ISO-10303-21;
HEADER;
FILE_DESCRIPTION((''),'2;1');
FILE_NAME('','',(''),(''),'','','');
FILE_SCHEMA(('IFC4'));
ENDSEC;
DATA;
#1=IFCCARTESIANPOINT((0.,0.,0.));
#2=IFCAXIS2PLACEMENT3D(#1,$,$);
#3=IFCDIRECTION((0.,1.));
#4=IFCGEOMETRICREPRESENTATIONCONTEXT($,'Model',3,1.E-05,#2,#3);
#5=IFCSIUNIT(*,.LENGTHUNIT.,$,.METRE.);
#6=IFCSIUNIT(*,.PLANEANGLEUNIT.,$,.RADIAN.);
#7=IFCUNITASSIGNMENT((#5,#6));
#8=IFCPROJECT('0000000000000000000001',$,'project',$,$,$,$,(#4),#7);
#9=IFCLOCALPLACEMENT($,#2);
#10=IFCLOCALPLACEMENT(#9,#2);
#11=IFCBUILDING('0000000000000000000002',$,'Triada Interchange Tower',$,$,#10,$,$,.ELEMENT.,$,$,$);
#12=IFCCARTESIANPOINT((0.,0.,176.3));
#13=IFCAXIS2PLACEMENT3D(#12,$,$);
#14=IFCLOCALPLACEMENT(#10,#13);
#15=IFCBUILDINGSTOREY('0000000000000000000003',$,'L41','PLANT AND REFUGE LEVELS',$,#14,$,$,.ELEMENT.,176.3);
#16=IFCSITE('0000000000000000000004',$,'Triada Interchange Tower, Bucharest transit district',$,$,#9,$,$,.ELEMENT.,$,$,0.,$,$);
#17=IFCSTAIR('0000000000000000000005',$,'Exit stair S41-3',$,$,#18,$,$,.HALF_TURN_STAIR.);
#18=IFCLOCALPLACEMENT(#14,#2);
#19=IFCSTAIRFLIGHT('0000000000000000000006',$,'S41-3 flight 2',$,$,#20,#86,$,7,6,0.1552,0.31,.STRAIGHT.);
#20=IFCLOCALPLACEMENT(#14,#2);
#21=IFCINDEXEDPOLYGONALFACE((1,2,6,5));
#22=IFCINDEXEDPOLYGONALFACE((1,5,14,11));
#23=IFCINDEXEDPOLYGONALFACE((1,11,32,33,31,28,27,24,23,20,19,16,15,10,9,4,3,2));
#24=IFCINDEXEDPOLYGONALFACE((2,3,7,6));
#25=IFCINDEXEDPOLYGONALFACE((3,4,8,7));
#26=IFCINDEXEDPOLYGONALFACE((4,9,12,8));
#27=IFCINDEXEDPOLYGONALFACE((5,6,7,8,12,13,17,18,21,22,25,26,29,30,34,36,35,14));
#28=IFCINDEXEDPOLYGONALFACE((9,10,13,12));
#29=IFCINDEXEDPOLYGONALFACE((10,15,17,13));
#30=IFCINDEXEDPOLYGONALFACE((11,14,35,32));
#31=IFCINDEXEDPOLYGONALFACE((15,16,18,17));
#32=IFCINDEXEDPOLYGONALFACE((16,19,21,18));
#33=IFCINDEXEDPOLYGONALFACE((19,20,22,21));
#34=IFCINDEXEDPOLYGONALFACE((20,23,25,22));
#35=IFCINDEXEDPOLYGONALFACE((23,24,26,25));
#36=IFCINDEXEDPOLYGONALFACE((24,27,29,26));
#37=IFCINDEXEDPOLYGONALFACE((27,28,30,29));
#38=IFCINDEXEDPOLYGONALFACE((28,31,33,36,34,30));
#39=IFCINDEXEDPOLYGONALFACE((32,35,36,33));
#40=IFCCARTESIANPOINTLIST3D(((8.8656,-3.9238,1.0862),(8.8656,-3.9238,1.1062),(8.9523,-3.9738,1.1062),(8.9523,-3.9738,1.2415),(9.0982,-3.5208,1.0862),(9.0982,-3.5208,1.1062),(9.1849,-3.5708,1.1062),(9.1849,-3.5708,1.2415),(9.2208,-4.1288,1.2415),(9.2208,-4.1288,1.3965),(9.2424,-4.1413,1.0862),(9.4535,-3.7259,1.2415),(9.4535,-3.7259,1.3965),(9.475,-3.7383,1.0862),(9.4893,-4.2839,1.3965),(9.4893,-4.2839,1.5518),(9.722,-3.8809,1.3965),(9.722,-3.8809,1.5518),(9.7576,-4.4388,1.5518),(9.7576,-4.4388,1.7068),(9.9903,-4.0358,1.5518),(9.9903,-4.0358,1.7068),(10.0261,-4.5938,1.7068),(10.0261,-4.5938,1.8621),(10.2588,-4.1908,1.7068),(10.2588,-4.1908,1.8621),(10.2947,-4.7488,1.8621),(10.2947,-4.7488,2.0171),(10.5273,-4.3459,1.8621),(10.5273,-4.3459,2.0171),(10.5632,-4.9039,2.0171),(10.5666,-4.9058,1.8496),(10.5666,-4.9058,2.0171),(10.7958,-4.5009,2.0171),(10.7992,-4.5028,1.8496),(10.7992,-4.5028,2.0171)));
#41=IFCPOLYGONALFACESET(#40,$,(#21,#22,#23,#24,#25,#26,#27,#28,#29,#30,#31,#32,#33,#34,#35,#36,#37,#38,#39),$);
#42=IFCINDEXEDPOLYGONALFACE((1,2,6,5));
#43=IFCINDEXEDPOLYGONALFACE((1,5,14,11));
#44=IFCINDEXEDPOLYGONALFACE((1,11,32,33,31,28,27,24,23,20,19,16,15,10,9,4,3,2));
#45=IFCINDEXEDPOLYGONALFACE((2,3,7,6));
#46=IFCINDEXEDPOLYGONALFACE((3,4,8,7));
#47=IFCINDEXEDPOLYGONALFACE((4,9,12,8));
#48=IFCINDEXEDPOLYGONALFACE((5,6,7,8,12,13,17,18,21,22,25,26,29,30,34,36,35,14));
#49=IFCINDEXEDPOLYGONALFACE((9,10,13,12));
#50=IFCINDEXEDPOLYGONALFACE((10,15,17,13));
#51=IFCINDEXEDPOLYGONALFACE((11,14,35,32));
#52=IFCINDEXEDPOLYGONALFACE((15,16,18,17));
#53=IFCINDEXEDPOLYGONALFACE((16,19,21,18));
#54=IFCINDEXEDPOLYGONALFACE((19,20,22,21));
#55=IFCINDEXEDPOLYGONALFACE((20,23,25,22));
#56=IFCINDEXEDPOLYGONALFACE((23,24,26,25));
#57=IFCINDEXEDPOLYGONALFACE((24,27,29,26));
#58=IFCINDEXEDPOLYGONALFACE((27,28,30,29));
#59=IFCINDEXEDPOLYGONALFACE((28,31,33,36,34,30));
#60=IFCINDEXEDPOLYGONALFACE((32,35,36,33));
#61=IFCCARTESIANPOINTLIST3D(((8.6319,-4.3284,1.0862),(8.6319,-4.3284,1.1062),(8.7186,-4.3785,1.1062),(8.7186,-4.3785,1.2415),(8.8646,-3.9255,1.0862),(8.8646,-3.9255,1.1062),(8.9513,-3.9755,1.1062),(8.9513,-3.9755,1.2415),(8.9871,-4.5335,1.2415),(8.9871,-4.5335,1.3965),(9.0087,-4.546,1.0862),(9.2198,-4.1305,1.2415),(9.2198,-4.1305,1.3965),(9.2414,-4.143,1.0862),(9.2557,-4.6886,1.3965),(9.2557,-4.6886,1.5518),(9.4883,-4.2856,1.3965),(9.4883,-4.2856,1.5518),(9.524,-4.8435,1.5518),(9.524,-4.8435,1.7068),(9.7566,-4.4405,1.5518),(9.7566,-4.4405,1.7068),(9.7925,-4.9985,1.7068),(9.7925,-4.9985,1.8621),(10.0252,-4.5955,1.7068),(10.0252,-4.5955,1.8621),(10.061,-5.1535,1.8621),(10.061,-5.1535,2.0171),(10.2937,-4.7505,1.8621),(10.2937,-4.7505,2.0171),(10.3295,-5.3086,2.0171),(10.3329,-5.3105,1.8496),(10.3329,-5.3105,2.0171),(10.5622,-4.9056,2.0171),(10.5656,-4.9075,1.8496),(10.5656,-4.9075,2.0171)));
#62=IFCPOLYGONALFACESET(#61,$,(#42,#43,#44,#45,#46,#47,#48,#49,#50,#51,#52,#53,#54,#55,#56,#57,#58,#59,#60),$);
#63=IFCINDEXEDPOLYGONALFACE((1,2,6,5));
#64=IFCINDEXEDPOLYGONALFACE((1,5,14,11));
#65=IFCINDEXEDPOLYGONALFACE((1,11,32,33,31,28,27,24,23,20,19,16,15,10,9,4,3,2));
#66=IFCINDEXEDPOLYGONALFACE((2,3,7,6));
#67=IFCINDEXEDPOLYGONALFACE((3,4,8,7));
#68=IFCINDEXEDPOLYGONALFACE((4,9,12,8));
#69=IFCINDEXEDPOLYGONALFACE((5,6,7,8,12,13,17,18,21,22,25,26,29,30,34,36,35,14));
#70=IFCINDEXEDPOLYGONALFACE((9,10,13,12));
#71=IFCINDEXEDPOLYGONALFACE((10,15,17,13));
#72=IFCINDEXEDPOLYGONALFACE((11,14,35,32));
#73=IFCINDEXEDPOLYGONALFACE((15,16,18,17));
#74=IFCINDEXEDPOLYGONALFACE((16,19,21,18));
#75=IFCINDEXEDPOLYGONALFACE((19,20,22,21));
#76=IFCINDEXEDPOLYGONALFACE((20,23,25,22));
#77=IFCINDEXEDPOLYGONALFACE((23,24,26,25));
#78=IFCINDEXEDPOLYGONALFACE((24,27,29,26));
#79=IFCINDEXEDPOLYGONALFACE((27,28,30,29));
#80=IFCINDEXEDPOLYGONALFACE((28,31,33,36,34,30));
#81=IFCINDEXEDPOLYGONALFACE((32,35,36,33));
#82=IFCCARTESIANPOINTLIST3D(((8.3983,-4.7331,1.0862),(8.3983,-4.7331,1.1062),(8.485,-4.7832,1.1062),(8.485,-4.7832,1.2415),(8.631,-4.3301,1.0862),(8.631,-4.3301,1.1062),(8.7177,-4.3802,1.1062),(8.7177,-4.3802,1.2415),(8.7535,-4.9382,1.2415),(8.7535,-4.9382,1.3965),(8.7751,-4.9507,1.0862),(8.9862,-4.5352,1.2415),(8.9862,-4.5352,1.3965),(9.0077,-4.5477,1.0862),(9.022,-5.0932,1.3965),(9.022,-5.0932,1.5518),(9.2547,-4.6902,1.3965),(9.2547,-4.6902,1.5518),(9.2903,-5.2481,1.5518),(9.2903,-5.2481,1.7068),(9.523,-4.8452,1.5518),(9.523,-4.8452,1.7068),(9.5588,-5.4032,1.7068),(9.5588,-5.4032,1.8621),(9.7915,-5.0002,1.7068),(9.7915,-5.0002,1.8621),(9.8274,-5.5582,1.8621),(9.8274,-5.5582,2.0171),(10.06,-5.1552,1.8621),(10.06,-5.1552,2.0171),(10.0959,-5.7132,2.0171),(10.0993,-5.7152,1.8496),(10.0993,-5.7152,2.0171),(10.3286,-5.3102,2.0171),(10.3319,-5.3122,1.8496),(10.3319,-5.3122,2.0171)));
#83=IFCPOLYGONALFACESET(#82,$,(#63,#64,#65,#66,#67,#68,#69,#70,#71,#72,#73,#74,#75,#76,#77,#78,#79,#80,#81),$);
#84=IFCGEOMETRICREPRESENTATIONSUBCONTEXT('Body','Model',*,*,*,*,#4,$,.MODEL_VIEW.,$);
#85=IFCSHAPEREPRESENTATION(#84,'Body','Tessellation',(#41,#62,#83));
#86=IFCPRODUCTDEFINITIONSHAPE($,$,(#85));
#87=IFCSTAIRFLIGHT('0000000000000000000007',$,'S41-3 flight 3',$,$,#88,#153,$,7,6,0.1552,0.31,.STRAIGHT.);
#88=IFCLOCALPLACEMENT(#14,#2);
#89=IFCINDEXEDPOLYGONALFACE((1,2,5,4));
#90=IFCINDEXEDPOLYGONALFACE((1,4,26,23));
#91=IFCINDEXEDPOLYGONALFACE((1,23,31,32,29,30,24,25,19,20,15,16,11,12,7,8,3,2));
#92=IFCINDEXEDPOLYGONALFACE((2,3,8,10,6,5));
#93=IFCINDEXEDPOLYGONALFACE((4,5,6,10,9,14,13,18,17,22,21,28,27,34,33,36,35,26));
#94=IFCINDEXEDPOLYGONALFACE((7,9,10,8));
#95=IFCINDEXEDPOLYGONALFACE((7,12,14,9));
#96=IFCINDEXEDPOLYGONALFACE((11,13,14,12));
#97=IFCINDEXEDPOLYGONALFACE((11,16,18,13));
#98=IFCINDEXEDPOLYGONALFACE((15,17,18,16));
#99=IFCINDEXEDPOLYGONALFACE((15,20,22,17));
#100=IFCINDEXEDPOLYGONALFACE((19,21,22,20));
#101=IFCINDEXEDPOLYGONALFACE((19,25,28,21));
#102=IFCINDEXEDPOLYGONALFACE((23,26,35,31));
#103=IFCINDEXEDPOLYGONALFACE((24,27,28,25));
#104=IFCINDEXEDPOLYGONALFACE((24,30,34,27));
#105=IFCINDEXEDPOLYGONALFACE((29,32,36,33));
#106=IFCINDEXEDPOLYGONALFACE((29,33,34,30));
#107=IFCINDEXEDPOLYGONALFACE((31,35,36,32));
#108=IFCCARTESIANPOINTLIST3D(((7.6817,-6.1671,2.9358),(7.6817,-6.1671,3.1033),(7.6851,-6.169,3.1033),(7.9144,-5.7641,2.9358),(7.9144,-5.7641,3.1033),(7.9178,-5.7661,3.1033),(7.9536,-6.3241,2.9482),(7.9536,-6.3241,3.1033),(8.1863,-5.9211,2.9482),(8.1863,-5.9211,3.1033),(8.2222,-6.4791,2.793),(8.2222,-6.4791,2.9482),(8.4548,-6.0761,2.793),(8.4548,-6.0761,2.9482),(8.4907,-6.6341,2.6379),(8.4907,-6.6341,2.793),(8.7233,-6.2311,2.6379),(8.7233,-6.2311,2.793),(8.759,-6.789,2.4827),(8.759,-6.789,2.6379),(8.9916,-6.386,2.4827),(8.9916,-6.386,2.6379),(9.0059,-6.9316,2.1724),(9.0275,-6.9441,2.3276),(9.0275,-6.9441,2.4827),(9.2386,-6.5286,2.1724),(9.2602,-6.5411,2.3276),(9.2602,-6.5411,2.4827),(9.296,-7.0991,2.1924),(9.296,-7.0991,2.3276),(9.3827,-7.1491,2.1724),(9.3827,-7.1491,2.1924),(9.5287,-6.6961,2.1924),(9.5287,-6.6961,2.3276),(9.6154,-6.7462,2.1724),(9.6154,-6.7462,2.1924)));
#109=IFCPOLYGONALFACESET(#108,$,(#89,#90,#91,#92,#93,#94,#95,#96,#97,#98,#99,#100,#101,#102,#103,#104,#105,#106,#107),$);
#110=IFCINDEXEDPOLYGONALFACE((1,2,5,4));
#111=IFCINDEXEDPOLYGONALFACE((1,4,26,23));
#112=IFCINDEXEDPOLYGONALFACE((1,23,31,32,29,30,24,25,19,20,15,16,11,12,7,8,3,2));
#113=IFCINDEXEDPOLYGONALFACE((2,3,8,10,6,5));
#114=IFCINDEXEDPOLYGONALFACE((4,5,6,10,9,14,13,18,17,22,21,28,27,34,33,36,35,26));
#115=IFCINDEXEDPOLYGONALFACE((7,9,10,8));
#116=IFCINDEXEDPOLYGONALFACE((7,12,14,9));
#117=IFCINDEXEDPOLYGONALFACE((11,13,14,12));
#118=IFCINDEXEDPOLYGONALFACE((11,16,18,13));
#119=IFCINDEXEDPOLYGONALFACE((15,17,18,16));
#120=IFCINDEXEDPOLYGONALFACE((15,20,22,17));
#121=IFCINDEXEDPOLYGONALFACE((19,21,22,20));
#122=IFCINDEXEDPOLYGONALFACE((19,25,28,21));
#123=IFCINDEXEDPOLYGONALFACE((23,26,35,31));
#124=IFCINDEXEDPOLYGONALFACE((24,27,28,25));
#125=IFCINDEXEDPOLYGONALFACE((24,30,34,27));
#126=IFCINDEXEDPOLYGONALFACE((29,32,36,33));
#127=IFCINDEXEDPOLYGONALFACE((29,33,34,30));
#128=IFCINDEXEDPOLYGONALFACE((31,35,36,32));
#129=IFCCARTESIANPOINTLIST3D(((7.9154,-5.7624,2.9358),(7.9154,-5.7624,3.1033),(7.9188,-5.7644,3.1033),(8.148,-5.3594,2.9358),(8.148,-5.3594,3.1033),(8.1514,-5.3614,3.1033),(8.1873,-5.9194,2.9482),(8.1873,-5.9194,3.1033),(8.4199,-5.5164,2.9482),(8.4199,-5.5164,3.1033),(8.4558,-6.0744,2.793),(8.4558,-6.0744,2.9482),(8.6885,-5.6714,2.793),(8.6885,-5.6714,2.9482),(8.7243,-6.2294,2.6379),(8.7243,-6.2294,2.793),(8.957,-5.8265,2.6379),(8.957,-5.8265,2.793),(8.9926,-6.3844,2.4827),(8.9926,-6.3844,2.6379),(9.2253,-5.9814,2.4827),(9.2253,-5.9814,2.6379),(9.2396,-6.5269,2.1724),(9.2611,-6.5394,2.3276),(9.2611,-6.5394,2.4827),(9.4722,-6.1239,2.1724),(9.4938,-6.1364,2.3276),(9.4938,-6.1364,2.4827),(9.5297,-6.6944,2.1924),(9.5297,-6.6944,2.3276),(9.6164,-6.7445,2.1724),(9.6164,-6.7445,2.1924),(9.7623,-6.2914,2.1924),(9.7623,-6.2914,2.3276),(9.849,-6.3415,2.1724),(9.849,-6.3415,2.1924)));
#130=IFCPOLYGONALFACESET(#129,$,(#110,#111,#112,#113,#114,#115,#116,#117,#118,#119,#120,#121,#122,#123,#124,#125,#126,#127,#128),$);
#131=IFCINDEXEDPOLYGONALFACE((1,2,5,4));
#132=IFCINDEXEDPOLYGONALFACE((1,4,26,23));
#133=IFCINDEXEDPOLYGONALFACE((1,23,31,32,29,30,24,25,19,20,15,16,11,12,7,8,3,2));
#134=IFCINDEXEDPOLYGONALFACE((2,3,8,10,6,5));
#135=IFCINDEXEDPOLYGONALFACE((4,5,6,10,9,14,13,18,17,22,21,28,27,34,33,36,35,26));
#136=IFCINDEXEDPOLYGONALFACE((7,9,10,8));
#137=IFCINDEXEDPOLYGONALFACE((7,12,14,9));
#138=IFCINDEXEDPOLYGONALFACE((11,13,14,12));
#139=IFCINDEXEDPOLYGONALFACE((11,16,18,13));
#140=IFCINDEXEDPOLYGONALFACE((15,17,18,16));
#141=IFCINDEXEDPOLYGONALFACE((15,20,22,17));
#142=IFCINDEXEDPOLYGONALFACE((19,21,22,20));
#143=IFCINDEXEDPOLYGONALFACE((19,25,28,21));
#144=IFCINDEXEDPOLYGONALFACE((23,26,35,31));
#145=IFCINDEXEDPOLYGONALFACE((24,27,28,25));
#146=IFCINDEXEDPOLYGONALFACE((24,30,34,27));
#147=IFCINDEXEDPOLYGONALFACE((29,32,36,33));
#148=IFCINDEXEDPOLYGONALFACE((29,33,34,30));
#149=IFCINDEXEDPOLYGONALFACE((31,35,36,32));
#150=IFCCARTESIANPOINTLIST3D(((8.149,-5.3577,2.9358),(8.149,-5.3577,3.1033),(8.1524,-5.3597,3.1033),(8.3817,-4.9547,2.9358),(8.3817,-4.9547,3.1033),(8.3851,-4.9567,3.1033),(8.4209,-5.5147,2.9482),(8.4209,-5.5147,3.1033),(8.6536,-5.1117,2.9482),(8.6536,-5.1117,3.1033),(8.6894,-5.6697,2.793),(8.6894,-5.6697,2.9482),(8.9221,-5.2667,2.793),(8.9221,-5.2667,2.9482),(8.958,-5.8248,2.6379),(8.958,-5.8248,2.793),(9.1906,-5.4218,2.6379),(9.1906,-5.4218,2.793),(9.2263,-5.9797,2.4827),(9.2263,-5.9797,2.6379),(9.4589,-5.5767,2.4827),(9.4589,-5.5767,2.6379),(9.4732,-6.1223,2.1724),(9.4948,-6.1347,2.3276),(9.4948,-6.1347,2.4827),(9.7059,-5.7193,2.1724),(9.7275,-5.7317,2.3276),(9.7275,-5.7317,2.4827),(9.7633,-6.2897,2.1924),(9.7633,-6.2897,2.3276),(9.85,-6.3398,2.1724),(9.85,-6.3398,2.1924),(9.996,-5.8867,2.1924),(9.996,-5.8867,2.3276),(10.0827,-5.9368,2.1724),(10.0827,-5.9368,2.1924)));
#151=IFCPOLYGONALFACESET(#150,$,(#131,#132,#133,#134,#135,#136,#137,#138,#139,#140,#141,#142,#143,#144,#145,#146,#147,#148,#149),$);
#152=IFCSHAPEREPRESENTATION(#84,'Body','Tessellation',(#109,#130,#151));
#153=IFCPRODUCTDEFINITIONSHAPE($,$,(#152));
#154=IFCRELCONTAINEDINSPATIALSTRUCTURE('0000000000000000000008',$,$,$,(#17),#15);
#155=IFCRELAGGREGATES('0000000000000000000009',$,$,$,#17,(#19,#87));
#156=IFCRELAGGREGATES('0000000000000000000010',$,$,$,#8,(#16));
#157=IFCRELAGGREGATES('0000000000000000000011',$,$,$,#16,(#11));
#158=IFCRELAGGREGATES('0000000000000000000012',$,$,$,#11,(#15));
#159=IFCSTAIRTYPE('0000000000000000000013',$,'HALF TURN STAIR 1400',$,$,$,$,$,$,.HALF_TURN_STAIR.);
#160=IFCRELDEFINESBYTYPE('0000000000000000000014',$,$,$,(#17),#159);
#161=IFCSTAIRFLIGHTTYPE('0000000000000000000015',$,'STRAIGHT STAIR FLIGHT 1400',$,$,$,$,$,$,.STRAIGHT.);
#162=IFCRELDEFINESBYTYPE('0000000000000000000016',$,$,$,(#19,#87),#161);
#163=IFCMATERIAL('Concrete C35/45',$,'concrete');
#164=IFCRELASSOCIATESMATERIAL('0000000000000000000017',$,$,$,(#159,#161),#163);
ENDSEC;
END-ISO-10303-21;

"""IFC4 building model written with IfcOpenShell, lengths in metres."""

from ifc_helpers import new_model, si_unit, direction, frame, origin, place, context, subcontext, project, spatial, polyline, outline, extrude, material, type_object, element, aggregate, save


model = new_model("IFC4")

# Units and contexts
model_context = context("Model", 3, precision=1e-05, world=origin(), true_north=direction((0.0, 1.0)))
body_context = subcontext(model_context, "Body", "Model", "MODEL_VIEW")
ifc_project = project(units=[si_unit("LENGTHUNIT", "METRE"), si_unit("PLANEANGLEUNIT", "RADIAN")], contexts=[model_context])

# Site, building, storey
site_placement = place(None, origin())
site = spatial("IfcSite", under=ifc_project, at=site_placement, Name="Triada Interchange Tower, Bucharest transit district", CompositionType="ELEMENT", RefElevation=0.0)
building_placement = place(site_placement, origin())
building = spatial("IfcBuilding", under=site, at=building_placement, Name="Triada Interchange Tower", CompositionType="ELEMENT")
storey_placement = place(building_placement, frame((0.0, 0.0, 176.3)))
storey = spatial("IfcBuildingStorey", under=building, at=storey_placement, Name="L41", Description="PLANT AND REFUGE LEVELS", CompositionType="ELEMENT", Elevation=176.3)

# Shared definitions
ifc_material_1 = material(Name="Concrete C35/45", Category="concrete")

# Stair, stair flights
stair_type = type_object("IfcStairType", Name="HALF TURN STAIR 1400", PredefinedType="HALF_TURN_STAIR", material=ifc_material_1)
stair_placement = place(storey_placement, origin())
stair = element("IfcStair", 1, at=stair_placement, inside=storey, type_object=stair_type, Name="Exit stair S41-3", PredefinedType="HALF_TURN_STAIR")
stair_flight_type = type_object("IfcStairFlightType", Name="STRAIGHT STAIR FLIGHT 1400", PredefinedType="STRAIGHT", material=ifc_material_1)
stair_flight_1_placement = place(storey_placement, frame((8.835, -4.177, 1.0862), z_axis=(0.0, 0.0, 1.0), x_axis=(0.866025, -0.5, 0.0)))
stair_flight_1 = element("IfcStairFlight", 2, at=stair_flight_1_placement, type_object=stair_flight_type, Name="S41-3 flight 2", NumberOfRisers=7, NumberOfTreads=6, PredefinedType="STRAIGHT", RiserHeight=0.1552, TreadLength=0.31, context=body_context, shape_type="SweptSolid", body=[
    extrude(outline(polyline([(-0.1001, 0.0), (-0.1001, 0.02), (0.0, 0.02), (0.0, 0.1553), (0.3101, 0.1553), (0.3101, 0.3103), (0.6201, 0.3103), (0.6201, 0.4656), (0.9299, 0.4656), (0.9299, 0.6206), (1.24, 0.6206), (1.24, 0.7759), (1.55, 0.7759), (1.55, 0.9309), (1.8601, 0.9309), (1.864, 0.9309), (1.864, 1.0862), (1.864, 0.7634), (0.335, 0.0), (-0.1001, 0.0)])), frame((0.0, 0.7, 0.0), z_axis=(0.0, -1.0, 0.0), x_axis=(1.0, 0.0, 0.0)), (0.0, 0.0, 1.0), 0.4653),
    extrude(outline(polyline([(-0.1001, 0.0), (-0.1001, 0.02), (0.0, 0.02), (0.0, 0.1553), (0.3101, 0.1553), (0.3101, 0.3103), (0.6201, 0.3103), (0.6201, 0.4656), (0.9299, 0.4656), (0.9299, 0.6206), (1.24, 0.6206), (1.24, 0.7759), (1.55, 0.7759), (1.55, 0.9309), (1.8601, 0.9309), (1.864, 0.9309), (1.864, 1.0862), (1.864, 0.7634), (0.335, 0.0), (-0.1001, 0.0)])), frame((0.0, 0.2327, 0.0), z_axis=(0.0, -1.0, 0.0), x_axis=(1.0, 0.0, 0.0)), (0.0, 0.0, 1.0), 0.4653),
    extrude(outline(polyline([(-0.1001, 0.0), (-0.1001, 0.02), (0.0, 0.02), (0.0, 0.1553), (0.3101, 0.1553), (0.3101, 0.3103), (0.6201, 0.3103), (0.6201, 0.4656), (0.9299, 0.4656), (0.9299, 0.6206), (1.24, 0.6206), (1.24, 0.7759), (1.55, 0.7759), (1.55, 0.9309), (1.8601, 0.9309), (1.864, 0.9309), (1.864, 1.0862), (1.864, 0.7634), (0.335, 0.0), (-0.1001, 0.0)])), frame((0.0, -0.2346, 0.0), z_axis=(0.0, -1.0, 0.0), x_axis=(1.0, 0.0, 0.0)), (0.0, 0.0, 1.0), 0.4653),
])
stair_flight_2_placement = place(storey_placement, frame((9.646, -6.4929, 2.1724), z_axis=(0.0, 0.0, 1.0), x_axis=(-0.866025, 0.5, 0.0)))
stair_flight_2 = element("IfcStairFlight", 3, at=stair_flight_2_placement, type_object=stair_flight_type, Name="S41-3 flight 3", NumberOfRisers=7, NumberOfTreads=6, PredefinedType="STRAIGHT", RiserHeight=0.1552, TreadLength=0.31, context=body_context, shape_type="SweptSolid", body=[
    extrude(outline(polyline([(-0.1001, 0.0), (-0.1001, 0.02), (0.0, 0.02), (0.0, 0.1553), (0.3101, 0.1553), (0.3101, 0.3103), (0.6201, 0.3103), (0.6201, 0.4656), (0.9299, 0.4656), (0.9299, 0.6206), (1.24, 0.6206), (1.24, 0.7759), (1.55, 0.7759), (1.55, 0.9309), (1.8601, 0.9309), (1.864, 0.9309), (1.864, 1.0862), (1.864, 0.7634), (0.335, 0.0), (-0.1001, 0.0)])), frame((0.0, 0.7, 0.0), z_axis=(0.0, -1.0, 0.0), x_axis=(1.0, 0.0, 0.0)), (0.0, 0.0, 1.0), 0.4653),
    extrude(outline(polyline([(-0.1001, 0.0), (-0.1001, 0.02), (0.0, 0.02), (0.0, 0.1553), (0.3101, 0.1553), (0.3101, 0.3103), (0.6201, 0.3103), (0.6201, 0.4656), (0.9299, 0.4656), (0.9299, 0.6206), (1.24, 0.6206), (1.24, 0.7759), (1.55, 0.7759), (1.55, 0.9309), (1.8601, 0.9309), (1.864, 0.9309), (1.864, 1.0862), (1.864, 0.7634), (0.335, 0.0), (-0.1001, 0.0)])), frame((0.0, 0.2327, 0.0), z_axis=(0.0, -1.0, 0.0), x_axis=(1.0, 0.0, 0.0)), (0.0, 0.0, 1.0), 0.4653),
    extrude(outline(polyline([(-0.1001, 0.0), (-0.1001, 0.02), (0.0, 0.02), (0.0, 0.1553), (0.3101, 0.1553), (0.3101, 0.3103), (0.6201, 0.3103), (0.6201, 0.4656), (0.9299, 0.4656), (0.9299, 0.6206), (1.24, 0.6206), (1.24, 0.7759), (1.55, 0.7759), (1.55, 0.9309), (1.8601, 0.9309), (1.864, 0.9309), (1.864, 1.0862), (1.864, 0.7634), (0.335, 0.0), (-0.1001, 0.0)])), frame((0.0, -0.2346, 0.0), z_axis=(0.0, -1.0, 0.0), x_axis=(1.0, 0.0, 0.0)), (0.0, 0.0, 1.0), 0.4653),
])
aggregate(stair, [stair_flight_1, stair_flight_2])

save(model, "model.ifc")
